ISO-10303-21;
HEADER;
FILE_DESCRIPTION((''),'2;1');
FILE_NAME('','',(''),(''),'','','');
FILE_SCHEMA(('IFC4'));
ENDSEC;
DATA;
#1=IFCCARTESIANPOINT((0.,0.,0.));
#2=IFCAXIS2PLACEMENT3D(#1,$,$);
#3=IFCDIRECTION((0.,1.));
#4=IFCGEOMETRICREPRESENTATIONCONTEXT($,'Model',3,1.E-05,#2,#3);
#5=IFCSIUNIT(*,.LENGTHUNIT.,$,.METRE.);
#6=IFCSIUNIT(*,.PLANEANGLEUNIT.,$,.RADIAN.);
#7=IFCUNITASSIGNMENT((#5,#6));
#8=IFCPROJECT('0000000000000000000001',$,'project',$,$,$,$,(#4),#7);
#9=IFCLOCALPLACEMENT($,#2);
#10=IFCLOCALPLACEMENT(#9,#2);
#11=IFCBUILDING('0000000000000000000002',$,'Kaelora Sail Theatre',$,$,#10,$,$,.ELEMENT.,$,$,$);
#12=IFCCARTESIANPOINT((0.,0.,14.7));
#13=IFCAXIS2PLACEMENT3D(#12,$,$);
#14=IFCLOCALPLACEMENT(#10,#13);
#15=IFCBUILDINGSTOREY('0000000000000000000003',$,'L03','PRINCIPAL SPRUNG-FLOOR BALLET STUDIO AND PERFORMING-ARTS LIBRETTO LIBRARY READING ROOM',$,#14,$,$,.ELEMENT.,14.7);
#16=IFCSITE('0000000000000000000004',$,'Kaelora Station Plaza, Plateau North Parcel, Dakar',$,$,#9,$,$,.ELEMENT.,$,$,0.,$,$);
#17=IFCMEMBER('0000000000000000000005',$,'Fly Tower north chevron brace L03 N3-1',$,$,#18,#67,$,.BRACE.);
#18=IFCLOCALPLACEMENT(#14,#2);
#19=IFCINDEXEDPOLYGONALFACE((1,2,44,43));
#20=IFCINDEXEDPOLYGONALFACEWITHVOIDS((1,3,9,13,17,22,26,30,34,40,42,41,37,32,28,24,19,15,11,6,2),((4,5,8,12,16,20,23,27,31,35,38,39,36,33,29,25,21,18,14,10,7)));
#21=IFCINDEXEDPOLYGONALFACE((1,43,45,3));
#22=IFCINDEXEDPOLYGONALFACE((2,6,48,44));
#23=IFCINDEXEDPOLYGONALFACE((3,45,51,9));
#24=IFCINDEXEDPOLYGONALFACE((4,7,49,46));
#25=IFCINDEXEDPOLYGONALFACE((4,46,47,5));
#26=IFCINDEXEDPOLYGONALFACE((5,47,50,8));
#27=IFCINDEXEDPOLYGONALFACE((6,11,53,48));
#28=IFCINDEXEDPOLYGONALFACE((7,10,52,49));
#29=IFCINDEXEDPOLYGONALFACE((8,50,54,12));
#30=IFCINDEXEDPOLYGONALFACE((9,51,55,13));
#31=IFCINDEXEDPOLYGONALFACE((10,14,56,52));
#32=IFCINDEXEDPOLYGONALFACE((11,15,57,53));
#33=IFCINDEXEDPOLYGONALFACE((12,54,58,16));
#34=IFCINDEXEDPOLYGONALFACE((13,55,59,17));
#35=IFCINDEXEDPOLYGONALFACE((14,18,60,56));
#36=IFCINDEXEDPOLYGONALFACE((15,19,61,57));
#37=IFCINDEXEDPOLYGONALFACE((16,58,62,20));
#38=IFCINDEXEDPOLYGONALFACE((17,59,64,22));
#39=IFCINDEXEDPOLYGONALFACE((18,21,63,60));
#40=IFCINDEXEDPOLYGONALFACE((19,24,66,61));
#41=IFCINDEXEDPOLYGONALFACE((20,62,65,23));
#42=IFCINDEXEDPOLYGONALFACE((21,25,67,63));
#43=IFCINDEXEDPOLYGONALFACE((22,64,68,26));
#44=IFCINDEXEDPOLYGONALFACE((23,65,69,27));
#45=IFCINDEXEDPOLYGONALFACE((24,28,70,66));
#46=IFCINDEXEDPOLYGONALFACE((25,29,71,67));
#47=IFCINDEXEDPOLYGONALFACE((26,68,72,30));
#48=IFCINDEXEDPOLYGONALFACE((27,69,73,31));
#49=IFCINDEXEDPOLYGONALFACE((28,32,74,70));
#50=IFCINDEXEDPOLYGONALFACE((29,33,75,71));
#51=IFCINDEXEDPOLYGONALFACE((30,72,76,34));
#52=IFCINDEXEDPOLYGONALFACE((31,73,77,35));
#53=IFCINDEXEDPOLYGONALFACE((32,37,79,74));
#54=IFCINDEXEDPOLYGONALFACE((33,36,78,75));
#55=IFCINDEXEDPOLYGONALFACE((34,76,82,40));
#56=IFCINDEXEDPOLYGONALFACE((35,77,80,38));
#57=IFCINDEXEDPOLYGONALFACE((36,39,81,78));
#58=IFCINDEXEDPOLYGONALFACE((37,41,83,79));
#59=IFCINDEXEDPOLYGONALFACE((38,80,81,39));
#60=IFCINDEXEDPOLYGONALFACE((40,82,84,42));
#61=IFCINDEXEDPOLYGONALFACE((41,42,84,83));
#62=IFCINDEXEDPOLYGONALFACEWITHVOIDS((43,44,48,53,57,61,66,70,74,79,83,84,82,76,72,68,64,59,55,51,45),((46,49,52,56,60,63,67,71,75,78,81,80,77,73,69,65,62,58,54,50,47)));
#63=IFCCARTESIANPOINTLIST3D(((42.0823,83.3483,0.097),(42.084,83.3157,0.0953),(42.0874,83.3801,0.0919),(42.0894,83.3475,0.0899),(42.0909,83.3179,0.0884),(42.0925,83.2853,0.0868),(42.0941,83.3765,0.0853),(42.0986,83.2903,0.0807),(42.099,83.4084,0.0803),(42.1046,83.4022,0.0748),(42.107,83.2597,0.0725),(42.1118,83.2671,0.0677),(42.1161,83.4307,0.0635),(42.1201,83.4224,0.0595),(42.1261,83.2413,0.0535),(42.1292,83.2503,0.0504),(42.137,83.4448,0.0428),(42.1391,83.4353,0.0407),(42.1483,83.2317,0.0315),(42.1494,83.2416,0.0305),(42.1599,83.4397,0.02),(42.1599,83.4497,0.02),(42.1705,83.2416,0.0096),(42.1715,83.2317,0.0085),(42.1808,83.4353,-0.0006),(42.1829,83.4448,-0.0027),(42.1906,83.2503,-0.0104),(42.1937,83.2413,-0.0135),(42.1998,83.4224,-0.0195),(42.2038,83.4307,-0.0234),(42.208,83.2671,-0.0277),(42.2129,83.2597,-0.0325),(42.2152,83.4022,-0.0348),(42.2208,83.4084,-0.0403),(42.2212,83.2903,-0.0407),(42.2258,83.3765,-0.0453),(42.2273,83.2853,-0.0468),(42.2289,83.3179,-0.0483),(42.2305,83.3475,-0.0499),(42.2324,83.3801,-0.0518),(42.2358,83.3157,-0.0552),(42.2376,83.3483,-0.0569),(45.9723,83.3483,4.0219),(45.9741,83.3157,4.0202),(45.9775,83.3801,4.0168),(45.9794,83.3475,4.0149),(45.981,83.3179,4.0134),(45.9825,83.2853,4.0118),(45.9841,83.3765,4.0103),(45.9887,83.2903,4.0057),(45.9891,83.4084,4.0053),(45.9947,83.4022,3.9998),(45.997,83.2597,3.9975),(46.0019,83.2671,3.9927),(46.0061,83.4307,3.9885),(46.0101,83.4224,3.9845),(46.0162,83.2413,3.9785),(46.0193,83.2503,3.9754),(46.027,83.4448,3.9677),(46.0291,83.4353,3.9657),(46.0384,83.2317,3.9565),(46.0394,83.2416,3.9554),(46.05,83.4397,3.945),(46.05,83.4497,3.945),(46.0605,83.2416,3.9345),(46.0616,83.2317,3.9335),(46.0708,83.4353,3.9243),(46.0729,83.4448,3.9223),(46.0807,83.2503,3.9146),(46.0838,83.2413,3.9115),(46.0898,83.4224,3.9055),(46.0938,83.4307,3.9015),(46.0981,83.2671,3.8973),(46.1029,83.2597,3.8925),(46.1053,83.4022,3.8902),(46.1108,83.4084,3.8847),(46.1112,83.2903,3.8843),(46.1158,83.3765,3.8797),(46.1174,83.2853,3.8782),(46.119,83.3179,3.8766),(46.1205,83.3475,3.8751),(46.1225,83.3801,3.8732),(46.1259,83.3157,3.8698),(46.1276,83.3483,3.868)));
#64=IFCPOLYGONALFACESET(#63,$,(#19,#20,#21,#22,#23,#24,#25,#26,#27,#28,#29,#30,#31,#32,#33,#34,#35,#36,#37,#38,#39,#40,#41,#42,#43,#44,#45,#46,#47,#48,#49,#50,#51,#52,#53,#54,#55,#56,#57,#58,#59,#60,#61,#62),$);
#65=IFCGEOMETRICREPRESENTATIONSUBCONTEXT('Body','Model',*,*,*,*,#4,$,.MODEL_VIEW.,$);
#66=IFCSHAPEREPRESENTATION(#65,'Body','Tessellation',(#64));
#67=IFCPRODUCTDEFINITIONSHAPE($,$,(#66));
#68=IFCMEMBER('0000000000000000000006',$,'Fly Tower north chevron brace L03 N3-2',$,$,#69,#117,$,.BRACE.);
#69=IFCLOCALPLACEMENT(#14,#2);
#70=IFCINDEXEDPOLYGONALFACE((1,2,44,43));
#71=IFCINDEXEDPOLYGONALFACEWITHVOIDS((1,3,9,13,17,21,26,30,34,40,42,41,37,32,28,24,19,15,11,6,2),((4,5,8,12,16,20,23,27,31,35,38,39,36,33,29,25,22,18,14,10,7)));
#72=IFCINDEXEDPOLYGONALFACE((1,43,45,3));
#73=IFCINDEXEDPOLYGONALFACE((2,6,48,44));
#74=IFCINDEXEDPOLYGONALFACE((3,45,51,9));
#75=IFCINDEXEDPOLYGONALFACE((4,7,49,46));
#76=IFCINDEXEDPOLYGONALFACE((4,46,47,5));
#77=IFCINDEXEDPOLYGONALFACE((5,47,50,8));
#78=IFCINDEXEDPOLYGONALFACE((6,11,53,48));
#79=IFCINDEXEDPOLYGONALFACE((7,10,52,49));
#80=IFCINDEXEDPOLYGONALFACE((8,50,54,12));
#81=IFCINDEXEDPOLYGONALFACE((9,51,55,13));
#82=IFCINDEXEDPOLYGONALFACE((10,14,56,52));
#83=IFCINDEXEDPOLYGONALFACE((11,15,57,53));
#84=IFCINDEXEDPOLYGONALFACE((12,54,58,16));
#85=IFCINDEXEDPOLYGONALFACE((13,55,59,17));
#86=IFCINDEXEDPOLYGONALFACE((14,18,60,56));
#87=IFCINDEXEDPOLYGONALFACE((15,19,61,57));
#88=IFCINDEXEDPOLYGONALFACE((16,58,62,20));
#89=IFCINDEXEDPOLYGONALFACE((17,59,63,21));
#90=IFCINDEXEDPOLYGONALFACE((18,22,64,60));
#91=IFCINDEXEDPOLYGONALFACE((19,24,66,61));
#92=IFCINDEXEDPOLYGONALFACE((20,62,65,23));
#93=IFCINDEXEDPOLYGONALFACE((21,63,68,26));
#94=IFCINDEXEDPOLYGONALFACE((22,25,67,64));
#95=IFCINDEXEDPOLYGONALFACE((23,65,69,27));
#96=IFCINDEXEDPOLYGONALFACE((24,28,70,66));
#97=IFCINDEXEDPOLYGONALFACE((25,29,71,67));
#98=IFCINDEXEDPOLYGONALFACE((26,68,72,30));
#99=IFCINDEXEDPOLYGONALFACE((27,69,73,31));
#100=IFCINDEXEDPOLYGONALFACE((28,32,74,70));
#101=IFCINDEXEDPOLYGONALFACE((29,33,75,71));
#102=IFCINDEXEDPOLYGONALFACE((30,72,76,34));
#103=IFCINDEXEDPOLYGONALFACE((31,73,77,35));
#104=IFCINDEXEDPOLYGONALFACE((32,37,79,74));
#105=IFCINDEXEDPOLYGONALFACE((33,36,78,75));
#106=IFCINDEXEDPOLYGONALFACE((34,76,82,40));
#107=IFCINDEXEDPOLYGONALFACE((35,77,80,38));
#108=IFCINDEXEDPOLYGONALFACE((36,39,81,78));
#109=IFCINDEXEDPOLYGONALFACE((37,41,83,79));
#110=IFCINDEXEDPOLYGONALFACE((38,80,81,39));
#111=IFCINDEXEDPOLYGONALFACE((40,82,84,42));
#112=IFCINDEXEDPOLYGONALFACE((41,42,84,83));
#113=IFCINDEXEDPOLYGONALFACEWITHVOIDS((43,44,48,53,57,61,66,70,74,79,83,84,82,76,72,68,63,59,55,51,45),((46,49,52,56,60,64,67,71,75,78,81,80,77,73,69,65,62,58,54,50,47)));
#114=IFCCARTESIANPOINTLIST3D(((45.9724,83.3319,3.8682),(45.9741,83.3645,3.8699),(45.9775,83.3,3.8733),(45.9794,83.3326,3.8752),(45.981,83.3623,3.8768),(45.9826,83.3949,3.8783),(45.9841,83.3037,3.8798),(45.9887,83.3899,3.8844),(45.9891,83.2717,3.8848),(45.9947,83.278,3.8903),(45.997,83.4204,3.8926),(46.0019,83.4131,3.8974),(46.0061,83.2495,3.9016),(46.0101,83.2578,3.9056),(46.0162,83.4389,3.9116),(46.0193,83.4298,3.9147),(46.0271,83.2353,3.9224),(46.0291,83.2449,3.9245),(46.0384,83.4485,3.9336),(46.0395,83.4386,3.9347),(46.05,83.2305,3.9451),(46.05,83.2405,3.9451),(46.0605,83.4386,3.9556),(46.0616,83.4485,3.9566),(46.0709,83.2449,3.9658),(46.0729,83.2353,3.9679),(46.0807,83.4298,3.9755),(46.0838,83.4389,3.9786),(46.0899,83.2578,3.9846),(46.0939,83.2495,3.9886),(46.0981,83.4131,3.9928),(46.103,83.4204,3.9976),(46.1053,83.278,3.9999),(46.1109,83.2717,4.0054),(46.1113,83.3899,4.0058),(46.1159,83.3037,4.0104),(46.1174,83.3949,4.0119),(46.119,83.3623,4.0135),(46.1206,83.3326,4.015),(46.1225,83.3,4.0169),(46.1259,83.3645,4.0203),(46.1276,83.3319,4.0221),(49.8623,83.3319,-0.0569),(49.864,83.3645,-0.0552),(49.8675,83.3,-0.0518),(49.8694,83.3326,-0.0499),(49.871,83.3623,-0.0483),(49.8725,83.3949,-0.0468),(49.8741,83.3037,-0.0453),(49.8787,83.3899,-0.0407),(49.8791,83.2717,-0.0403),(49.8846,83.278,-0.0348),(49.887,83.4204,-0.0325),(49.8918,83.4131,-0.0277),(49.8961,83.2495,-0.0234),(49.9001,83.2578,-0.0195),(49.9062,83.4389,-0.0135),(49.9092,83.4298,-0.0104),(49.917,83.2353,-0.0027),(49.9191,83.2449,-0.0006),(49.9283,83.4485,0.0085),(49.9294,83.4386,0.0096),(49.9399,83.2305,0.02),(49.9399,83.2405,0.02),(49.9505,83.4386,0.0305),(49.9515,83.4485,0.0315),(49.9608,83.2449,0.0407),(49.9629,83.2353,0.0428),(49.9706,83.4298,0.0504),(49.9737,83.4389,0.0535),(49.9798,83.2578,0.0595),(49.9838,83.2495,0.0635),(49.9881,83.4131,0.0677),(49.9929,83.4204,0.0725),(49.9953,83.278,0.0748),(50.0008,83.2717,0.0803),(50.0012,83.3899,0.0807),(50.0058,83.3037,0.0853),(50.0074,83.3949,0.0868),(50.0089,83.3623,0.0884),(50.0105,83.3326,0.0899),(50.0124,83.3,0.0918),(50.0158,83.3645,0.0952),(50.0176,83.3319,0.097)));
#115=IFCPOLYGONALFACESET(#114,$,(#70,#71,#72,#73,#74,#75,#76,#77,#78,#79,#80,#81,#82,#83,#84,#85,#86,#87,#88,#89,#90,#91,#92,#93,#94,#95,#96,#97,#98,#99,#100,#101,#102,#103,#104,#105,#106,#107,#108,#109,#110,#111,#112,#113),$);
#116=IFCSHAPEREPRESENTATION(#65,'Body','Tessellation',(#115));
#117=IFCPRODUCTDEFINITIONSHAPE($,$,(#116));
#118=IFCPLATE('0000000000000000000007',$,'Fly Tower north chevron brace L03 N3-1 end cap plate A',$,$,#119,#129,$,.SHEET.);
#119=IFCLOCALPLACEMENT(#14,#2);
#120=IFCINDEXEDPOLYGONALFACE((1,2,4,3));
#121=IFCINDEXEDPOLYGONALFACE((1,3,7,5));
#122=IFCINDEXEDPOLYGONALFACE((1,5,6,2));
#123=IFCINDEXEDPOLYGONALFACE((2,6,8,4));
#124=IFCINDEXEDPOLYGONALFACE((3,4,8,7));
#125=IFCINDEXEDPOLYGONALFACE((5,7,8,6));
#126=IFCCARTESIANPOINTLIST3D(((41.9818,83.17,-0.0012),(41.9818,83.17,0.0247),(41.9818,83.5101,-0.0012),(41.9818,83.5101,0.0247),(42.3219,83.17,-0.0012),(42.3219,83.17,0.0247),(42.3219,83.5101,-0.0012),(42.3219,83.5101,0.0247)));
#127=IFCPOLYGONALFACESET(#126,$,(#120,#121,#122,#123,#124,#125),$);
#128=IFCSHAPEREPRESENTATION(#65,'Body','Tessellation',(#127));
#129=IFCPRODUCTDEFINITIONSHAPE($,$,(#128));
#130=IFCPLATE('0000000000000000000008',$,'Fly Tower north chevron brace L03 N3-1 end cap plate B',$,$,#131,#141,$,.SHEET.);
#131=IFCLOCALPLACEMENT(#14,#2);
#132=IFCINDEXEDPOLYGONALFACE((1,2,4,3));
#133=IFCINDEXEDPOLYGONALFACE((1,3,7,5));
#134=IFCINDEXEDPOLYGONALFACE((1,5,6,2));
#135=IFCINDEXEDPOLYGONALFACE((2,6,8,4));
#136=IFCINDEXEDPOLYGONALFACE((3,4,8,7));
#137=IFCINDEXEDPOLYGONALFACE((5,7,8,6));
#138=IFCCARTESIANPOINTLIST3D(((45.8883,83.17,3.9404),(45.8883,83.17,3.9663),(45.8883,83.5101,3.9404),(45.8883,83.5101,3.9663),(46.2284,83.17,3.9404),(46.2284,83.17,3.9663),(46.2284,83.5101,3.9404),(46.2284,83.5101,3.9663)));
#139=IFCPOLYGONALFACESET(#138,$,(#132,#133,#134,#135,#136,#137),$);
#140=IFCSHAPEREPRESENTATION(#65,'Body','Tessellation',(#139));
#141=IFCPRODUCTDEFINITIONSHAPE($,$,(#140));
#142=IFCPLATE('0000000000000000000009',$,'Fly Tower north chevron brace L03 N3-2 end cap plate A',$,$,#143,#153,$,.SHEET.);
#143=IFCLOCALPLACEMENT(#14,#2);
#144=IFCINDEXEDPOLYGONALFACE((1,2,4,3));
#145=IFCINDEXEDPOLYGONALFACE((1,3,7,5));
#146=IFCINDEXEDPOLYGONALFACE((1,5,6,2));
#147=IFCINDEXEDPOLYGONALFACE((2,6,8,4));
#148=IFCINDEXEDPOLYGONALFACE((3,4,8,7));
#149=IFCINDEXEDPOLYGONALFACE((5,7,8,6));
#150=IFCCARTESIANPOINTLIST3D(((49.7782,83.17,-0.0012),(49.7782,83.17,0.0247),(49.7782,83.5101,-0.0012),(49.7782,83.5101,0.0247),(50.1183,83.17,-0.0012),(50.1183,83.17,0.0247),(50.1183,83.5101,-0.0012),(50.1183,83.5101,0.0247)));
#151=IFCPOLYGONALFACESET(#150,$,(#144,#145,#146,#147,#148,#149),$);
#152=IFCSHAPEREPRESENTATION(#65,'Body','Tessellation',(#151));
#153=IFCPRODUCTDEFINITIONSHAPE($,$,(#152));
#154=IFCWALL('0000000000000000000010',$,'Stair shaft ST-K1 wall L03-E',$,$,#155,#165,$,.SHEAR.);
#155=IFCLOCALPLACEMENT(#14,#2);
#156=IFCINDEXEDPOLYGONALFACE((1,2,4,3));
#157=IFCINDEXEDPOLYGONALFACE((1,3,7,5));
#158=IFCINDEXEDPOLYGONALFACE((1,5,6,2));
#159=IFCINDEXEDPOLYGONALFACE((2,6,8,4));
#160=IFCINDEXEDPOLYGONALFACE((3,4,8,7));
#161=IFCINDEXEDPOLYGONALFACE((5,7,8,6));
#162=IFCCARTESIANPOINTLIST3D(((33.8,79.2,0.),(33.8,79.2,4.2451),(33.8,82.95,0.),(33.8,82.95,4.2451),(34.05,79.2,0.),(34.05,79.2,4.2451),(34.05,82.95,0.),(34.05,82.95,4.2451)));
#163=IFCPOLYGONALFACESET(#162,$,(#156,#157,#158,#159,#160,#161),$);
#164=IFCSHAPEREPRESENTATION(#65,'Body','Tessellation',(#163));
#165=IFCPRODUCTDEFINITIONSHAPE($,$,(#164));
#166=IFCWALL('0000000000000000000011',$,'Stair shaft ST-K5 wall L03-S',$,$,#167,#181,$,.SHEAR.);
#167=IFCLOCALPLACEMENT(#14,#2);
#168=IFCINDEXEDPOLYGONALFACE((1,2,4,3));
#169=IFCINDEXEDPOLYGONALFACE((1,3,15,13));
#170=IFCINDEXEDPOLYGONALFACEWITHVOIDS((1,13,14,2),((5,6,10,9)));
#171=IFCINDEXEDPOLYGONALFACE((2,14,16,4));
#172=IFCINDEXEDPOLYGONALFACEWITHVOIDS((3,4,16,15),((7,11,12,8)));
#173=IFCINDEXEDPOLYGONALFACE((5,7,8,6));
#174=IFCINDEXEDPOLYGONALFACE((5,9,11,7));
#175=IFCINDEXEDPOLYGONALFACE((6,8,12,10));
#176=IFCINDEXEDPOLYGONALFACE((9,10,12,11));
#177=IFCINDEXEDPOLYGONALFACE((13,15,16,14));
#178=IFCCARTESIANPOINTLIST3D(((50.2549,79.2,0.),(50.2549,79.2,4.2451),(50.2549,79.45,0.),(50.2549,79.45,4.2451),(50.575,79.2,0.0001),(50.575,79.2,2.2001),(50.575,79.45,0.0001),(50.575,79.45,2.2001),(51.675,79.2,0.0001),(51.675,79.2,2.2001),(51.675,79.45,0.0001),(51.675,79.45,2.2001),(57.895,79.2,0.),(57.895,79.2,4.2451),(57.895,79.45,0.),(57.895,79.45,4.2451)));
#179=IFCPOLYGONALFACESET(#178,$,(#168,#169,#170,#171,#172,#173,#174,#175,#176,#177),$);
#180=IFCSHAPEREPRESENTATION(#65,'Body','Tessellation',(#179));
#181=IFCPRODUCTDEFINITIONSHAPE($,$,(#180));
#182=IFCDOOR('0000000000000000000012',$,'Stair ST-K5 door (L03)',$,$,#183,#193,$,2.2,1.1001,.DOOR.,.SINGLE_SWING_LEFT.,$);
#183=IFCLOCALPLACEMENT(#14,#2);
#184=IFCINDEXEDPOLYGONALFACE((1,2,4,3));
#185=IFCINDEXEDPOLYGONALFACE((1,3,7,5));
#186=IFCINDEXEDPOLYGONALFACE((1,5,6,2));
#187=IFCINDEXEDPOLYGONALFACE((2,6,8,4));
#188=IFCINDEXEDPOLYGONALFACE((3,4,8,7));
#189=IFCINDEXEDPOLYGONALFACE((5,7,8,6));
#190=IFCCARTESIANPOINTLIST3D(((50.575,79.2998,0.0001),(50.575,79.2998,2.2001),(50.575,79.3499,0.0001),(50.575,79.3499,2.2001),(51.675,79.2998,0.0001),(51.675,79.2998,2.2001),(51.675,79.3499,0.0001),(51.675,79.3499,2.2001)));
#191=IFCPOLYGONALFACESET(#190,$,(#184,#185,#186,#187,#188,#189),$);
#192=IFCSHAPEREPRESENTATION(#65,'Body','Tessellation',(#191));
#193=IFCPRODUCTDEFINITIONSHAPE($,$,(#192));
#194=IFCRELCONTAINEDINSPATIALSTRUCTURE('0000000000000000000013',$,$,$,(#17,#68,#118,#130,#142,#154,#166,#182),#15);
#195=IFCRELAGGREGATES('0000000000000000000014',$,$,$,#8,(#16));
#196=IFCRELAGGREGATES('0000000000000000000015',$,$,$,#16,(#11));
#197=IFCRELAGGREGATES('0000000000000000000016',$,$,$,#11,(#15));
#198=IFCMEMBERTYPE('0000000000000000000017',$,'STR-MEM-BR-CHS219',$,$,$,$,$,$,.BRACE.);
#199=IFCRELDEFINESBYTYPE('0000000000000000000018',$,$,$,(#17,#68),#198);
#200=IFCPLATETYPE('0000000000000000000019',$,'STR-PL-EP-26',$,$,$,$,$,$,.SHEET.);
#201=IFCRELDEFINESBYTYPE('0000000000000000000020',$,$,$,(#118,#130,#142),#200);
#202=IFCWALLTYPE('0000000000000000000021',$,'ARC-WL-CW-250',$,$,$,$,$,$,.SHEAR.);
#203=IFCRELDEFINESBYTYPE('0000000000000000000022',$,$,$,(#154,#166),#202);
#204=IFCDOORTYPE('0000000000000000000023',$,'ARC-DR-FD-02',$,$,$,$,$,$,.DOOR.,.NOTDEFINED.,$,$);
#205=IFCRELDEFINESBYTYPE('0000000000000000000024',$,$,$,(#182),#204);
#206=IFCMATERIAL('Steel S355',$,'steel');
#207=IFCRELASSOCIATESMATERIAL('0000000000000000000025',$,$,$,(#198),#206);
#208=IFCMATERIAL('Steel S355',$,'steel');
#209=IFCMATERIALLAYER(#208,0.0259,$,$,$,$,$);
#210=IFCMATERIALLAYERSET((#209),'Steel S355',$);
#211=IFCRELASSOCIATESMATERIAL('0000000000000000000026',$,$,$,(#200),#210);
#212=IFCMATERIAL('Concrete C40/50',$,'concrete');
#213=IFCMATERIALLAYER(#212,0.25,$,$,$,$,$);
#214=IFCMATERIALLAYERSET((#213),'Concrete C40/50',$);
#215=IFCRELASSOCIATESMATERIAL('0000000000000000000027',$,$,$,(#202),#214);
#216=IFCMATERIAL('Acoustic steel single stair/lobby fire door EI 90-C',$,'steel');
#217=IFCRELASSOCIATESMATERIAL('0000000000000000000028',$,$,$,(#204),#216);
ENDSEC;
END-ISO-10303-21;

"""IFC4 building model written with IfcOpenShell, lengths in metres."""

from ifc_helpers import new_model, si_unit, direction, frame, frame_2d, origin, origin_2d, place, context, subcontext, project, spatial, rectangle, hollow_circle, extrude, material, layer, layer_set, material_profile, profile_set, type_object, element, fill, save


model = new_model("IFC4")

# Units and contexts
model_context = context("Model", 3, precision=1e-05, world=origin(), true_north=direction((0.0, 1.0)))
body_context = subcontext(model_context, "Body", "Model", "MODEL_VIEW")
ifc_project = project(units=[si_unit("LENGTHUNIT", "METRE"), si_unit("PLANEANGLEUNIT", "RADIAN")], contexts=[model_context])

# Site, building, storey
site_placement = place(None, origin())
site = spatial("IfcSite", under=ifc_project, at=site_placement, Name="Kaelora Station Plaza, Plateau North Parcel, Dakar", CompositionType="ELEMENT", RefElevation=0.0)
building_placement = place(site_placement, origin())
building = spatial("IfcBuilding", under=site, at=building_placement, Name="Kaelora Sail Theatre", CompositionType="ELEMENT")
storey_placement = place(building_placement, frame((0.0, 0.0, 14.7)))
storey = spatial("IfcBuildingStorey", under=building, at=storey_placement, Name="L03", Description="PRINCIPAL SPRUNG-FLOOR BALLET STUDIO AND PERFORMING-ARTS LIBRETTO LIBRARY READING ROOM", CompositionType="ELEMENT", Elevation=14.7)

# Members
ifc_material_1 = material(Name="Steel S355", Category="steel")
ifc_material_profile_1 = material_profile(ifc_material_1, hollow_circle(Radius=0.1096, WallThickness=0.01, at=origin_2d()), Name="CHS 219.1x10.0")
ifc_profile_set_1 = profile_set([ifc_material_profile_1], Name="Steel S355")
member_type = type_object("IfcMemberType", Name="STR-MEM-BR-CHS219", PredefinedType="BRACE", material=ifc_profile_set_1)
for number, where, z_axis, x_axis, name in (
    (1, (42.1599, 83.3401, 0.02), (0.703941, 0.0, 0.710258), (0.0, 1.0, 0.0), "Fly Tower north chevron brace L03 N3-1"),
    (2, (49.9399, 83.3401, 0.02), (-0.703919, 0.0, 0.710281), (0.0, -1.0, 0.0), "Fly Tower north chevron brace L03 N3-2"),
):
    element("IfcMember", number, at=place(storey_placement, frame(where, z_axis=z_axis, x_axis=x_axis)), inside=storey, type_object=member_type, Name=name, PredefinedType="BRACE", context=body_context, shape_type="SweptSolid", body=[
        extrude(hollow_circle(Radius=0.1096, WallThickness=0.01, at=origin_2d()), origin(), (0.0, 0.0, 1.0), 5.5261),
    ])

# Plates
ifc_material_2 = material(Name="Steel S355", Category="steel")
ifc_layer_1 = layer(ifc_material_2, 0.0259)
ifc_layer_set_1 = layer_set([ifc_layer_1], Name="Steel S355")
plate_type = type_object("IfcPlateType", Name="STR-PL-EP-26", PredefinedType="SHEET", material=ifc_layer_set_1)
for number, where, z_axis, x_axis, name in (
    (3, (42.1519, 83.3401, -0.0012), (0.0, 0.0, 1.0), (1.0, 0.0, 0.0), "Fly Tower north chevron brace L03 N3-1 end cap plate A"),
    (4, (46.0583, 83.3401, 3.9404), (0.0, 0.0, 1.0), (1.0, 0.0, 0.0), "Fly Tower north chevron brace L03 N3-1 end cap plate B"),
    (5, (49.9482, 83.3401, -0.0012), (0.0, 0.0, 1.0), (1.0, 0.0, 0.0), "Fly Tower north chevron brace L03 N3-2 end cap plate A"),
):
    element("IfcPlate", number, at=place(storey_placement, frame(where, z_axis=z_axis, x_axis=x_axis)), inside=storey, type_object=plate_type, Name=name, PredefinedType="SHEET", context=body_context, shape_type="SweptSolid", body=[
        extrude(rectangle(XDim=0.3401, YDim=0.3401, at=origin_2d()), origin(), (0.0, 0.0, 1.0), 0.0259),
    ])

# Wall
ifc_material_3 = material(Name="Concrete C40/50", Category="concrete")
ifc_layer_2 = layer(ifc_material_3, 0.25)
ifc_layer_set_2 = layer_set([ifc_layer_2], Name="Concrete C40/50")
wall_type_1 = type_object("IfcWallType", Name="ARC-WL-CW-250", PredefinedType="SHEAR", material=ifc_layer_set_2)
wall_1_placement = place(storey_placement, frame((33.925, 79.2, 0.0), z_axis=(0.0, 0.0, 1.0), x_axis=(0.0, 1.0, 0.0)))
element("IfcWall", 6, at=wall_1_placement, inside=storey, type_object=wall_type_1, Name="Stair shaft ST-K1 wall L03-E", PredefinedType="SHEAR", context=body_context, shape_type="SweptSolid", body=[
    extrude(rectangle(XDim=3.75, YDim=0.25, at=frame_2d((1.875, 0.0))), origin(), (0.0, 0.0, 1.0), 4.2451),
])

# Wall, opening, door
wall_2_placement = place(storey_placement, frame((50.2549, 79.325, 0.0), z_axis=(0.0, 0.0, 1.0), x_axis=(1.0, 0.0, 0.0)))
wall_2 = element("IfcWall", 7, at=wall_2_placement, inside=storey, type_object=wall_type_1, Name="Stair shaft ST-K5 wall L03-S", PredefinedType="SHEAR", context=body_context, shape_type="SweptSolid", body=[
    extrude(rectangle(XDim=7.6401, YDim=0.25, at=frame_2d((3.8201, 0.0))), origin(), (0.0, 0.0, 1.0), 4.2451),
])
opening_1_placement = place(wall_2_placement, frame((0.3201, 0.0, 0.0)))
opening_1 = element("IfcOpeningElement", 8, at=opening_1_placement, cuts=wall_2, PredefinedType="OPENING", context=body_context, shape_type="SweptSolid", body=[
    extrude(rectangle(XDim=1.1001, YDim=2.2, at=frame_2d((0.55, 1.1001))), frame((0.0, 0.135, 0.0), z_axis=(0.0, -1.0, 0.0), x_axis=(1.0, 0.0, 0.0)), (0.0, 0.0, 1.0), 0.27),
])
ifc_material_4 = material(Name="Acoustic steel single stair/lobby fire door EI 90-C", Category="steel")
door_type_1 = type_object("IfcDoorType", Name="ARC-DR-FD-02", OperationType="NOTDEFINED", PredefinedType="DOOR", material=ifc_material_4)
door_1_placement = place(opening_1_placement, origin())
door_1 = element("IfcDoor", 9, at=door_1_placement, inside=storey, type_object=door_type_1, Name="Stair ST-K5 door (L03)", OperationType="SINGLE_SWING_LEFT", OverallHeight=2.2, OverallWidth=1.1001, PredefinedType="DOOR", context=body_context, shape_type="SweptSolid", body=[
    extrude(rectangle(XDim=1.1001, YDim=2.2, at=frame_2d((0.55, 1.1001))), frame((0.0, 0.0249, 0.0), z_axis=(0.0, -1.0, 0.0), x_axis=(1.0, 0.0, 0.0)), (0.0, 0.0, 1.0), 0.05),
])
fill(opening_1, door_1)

save(model, "model.ifc")
